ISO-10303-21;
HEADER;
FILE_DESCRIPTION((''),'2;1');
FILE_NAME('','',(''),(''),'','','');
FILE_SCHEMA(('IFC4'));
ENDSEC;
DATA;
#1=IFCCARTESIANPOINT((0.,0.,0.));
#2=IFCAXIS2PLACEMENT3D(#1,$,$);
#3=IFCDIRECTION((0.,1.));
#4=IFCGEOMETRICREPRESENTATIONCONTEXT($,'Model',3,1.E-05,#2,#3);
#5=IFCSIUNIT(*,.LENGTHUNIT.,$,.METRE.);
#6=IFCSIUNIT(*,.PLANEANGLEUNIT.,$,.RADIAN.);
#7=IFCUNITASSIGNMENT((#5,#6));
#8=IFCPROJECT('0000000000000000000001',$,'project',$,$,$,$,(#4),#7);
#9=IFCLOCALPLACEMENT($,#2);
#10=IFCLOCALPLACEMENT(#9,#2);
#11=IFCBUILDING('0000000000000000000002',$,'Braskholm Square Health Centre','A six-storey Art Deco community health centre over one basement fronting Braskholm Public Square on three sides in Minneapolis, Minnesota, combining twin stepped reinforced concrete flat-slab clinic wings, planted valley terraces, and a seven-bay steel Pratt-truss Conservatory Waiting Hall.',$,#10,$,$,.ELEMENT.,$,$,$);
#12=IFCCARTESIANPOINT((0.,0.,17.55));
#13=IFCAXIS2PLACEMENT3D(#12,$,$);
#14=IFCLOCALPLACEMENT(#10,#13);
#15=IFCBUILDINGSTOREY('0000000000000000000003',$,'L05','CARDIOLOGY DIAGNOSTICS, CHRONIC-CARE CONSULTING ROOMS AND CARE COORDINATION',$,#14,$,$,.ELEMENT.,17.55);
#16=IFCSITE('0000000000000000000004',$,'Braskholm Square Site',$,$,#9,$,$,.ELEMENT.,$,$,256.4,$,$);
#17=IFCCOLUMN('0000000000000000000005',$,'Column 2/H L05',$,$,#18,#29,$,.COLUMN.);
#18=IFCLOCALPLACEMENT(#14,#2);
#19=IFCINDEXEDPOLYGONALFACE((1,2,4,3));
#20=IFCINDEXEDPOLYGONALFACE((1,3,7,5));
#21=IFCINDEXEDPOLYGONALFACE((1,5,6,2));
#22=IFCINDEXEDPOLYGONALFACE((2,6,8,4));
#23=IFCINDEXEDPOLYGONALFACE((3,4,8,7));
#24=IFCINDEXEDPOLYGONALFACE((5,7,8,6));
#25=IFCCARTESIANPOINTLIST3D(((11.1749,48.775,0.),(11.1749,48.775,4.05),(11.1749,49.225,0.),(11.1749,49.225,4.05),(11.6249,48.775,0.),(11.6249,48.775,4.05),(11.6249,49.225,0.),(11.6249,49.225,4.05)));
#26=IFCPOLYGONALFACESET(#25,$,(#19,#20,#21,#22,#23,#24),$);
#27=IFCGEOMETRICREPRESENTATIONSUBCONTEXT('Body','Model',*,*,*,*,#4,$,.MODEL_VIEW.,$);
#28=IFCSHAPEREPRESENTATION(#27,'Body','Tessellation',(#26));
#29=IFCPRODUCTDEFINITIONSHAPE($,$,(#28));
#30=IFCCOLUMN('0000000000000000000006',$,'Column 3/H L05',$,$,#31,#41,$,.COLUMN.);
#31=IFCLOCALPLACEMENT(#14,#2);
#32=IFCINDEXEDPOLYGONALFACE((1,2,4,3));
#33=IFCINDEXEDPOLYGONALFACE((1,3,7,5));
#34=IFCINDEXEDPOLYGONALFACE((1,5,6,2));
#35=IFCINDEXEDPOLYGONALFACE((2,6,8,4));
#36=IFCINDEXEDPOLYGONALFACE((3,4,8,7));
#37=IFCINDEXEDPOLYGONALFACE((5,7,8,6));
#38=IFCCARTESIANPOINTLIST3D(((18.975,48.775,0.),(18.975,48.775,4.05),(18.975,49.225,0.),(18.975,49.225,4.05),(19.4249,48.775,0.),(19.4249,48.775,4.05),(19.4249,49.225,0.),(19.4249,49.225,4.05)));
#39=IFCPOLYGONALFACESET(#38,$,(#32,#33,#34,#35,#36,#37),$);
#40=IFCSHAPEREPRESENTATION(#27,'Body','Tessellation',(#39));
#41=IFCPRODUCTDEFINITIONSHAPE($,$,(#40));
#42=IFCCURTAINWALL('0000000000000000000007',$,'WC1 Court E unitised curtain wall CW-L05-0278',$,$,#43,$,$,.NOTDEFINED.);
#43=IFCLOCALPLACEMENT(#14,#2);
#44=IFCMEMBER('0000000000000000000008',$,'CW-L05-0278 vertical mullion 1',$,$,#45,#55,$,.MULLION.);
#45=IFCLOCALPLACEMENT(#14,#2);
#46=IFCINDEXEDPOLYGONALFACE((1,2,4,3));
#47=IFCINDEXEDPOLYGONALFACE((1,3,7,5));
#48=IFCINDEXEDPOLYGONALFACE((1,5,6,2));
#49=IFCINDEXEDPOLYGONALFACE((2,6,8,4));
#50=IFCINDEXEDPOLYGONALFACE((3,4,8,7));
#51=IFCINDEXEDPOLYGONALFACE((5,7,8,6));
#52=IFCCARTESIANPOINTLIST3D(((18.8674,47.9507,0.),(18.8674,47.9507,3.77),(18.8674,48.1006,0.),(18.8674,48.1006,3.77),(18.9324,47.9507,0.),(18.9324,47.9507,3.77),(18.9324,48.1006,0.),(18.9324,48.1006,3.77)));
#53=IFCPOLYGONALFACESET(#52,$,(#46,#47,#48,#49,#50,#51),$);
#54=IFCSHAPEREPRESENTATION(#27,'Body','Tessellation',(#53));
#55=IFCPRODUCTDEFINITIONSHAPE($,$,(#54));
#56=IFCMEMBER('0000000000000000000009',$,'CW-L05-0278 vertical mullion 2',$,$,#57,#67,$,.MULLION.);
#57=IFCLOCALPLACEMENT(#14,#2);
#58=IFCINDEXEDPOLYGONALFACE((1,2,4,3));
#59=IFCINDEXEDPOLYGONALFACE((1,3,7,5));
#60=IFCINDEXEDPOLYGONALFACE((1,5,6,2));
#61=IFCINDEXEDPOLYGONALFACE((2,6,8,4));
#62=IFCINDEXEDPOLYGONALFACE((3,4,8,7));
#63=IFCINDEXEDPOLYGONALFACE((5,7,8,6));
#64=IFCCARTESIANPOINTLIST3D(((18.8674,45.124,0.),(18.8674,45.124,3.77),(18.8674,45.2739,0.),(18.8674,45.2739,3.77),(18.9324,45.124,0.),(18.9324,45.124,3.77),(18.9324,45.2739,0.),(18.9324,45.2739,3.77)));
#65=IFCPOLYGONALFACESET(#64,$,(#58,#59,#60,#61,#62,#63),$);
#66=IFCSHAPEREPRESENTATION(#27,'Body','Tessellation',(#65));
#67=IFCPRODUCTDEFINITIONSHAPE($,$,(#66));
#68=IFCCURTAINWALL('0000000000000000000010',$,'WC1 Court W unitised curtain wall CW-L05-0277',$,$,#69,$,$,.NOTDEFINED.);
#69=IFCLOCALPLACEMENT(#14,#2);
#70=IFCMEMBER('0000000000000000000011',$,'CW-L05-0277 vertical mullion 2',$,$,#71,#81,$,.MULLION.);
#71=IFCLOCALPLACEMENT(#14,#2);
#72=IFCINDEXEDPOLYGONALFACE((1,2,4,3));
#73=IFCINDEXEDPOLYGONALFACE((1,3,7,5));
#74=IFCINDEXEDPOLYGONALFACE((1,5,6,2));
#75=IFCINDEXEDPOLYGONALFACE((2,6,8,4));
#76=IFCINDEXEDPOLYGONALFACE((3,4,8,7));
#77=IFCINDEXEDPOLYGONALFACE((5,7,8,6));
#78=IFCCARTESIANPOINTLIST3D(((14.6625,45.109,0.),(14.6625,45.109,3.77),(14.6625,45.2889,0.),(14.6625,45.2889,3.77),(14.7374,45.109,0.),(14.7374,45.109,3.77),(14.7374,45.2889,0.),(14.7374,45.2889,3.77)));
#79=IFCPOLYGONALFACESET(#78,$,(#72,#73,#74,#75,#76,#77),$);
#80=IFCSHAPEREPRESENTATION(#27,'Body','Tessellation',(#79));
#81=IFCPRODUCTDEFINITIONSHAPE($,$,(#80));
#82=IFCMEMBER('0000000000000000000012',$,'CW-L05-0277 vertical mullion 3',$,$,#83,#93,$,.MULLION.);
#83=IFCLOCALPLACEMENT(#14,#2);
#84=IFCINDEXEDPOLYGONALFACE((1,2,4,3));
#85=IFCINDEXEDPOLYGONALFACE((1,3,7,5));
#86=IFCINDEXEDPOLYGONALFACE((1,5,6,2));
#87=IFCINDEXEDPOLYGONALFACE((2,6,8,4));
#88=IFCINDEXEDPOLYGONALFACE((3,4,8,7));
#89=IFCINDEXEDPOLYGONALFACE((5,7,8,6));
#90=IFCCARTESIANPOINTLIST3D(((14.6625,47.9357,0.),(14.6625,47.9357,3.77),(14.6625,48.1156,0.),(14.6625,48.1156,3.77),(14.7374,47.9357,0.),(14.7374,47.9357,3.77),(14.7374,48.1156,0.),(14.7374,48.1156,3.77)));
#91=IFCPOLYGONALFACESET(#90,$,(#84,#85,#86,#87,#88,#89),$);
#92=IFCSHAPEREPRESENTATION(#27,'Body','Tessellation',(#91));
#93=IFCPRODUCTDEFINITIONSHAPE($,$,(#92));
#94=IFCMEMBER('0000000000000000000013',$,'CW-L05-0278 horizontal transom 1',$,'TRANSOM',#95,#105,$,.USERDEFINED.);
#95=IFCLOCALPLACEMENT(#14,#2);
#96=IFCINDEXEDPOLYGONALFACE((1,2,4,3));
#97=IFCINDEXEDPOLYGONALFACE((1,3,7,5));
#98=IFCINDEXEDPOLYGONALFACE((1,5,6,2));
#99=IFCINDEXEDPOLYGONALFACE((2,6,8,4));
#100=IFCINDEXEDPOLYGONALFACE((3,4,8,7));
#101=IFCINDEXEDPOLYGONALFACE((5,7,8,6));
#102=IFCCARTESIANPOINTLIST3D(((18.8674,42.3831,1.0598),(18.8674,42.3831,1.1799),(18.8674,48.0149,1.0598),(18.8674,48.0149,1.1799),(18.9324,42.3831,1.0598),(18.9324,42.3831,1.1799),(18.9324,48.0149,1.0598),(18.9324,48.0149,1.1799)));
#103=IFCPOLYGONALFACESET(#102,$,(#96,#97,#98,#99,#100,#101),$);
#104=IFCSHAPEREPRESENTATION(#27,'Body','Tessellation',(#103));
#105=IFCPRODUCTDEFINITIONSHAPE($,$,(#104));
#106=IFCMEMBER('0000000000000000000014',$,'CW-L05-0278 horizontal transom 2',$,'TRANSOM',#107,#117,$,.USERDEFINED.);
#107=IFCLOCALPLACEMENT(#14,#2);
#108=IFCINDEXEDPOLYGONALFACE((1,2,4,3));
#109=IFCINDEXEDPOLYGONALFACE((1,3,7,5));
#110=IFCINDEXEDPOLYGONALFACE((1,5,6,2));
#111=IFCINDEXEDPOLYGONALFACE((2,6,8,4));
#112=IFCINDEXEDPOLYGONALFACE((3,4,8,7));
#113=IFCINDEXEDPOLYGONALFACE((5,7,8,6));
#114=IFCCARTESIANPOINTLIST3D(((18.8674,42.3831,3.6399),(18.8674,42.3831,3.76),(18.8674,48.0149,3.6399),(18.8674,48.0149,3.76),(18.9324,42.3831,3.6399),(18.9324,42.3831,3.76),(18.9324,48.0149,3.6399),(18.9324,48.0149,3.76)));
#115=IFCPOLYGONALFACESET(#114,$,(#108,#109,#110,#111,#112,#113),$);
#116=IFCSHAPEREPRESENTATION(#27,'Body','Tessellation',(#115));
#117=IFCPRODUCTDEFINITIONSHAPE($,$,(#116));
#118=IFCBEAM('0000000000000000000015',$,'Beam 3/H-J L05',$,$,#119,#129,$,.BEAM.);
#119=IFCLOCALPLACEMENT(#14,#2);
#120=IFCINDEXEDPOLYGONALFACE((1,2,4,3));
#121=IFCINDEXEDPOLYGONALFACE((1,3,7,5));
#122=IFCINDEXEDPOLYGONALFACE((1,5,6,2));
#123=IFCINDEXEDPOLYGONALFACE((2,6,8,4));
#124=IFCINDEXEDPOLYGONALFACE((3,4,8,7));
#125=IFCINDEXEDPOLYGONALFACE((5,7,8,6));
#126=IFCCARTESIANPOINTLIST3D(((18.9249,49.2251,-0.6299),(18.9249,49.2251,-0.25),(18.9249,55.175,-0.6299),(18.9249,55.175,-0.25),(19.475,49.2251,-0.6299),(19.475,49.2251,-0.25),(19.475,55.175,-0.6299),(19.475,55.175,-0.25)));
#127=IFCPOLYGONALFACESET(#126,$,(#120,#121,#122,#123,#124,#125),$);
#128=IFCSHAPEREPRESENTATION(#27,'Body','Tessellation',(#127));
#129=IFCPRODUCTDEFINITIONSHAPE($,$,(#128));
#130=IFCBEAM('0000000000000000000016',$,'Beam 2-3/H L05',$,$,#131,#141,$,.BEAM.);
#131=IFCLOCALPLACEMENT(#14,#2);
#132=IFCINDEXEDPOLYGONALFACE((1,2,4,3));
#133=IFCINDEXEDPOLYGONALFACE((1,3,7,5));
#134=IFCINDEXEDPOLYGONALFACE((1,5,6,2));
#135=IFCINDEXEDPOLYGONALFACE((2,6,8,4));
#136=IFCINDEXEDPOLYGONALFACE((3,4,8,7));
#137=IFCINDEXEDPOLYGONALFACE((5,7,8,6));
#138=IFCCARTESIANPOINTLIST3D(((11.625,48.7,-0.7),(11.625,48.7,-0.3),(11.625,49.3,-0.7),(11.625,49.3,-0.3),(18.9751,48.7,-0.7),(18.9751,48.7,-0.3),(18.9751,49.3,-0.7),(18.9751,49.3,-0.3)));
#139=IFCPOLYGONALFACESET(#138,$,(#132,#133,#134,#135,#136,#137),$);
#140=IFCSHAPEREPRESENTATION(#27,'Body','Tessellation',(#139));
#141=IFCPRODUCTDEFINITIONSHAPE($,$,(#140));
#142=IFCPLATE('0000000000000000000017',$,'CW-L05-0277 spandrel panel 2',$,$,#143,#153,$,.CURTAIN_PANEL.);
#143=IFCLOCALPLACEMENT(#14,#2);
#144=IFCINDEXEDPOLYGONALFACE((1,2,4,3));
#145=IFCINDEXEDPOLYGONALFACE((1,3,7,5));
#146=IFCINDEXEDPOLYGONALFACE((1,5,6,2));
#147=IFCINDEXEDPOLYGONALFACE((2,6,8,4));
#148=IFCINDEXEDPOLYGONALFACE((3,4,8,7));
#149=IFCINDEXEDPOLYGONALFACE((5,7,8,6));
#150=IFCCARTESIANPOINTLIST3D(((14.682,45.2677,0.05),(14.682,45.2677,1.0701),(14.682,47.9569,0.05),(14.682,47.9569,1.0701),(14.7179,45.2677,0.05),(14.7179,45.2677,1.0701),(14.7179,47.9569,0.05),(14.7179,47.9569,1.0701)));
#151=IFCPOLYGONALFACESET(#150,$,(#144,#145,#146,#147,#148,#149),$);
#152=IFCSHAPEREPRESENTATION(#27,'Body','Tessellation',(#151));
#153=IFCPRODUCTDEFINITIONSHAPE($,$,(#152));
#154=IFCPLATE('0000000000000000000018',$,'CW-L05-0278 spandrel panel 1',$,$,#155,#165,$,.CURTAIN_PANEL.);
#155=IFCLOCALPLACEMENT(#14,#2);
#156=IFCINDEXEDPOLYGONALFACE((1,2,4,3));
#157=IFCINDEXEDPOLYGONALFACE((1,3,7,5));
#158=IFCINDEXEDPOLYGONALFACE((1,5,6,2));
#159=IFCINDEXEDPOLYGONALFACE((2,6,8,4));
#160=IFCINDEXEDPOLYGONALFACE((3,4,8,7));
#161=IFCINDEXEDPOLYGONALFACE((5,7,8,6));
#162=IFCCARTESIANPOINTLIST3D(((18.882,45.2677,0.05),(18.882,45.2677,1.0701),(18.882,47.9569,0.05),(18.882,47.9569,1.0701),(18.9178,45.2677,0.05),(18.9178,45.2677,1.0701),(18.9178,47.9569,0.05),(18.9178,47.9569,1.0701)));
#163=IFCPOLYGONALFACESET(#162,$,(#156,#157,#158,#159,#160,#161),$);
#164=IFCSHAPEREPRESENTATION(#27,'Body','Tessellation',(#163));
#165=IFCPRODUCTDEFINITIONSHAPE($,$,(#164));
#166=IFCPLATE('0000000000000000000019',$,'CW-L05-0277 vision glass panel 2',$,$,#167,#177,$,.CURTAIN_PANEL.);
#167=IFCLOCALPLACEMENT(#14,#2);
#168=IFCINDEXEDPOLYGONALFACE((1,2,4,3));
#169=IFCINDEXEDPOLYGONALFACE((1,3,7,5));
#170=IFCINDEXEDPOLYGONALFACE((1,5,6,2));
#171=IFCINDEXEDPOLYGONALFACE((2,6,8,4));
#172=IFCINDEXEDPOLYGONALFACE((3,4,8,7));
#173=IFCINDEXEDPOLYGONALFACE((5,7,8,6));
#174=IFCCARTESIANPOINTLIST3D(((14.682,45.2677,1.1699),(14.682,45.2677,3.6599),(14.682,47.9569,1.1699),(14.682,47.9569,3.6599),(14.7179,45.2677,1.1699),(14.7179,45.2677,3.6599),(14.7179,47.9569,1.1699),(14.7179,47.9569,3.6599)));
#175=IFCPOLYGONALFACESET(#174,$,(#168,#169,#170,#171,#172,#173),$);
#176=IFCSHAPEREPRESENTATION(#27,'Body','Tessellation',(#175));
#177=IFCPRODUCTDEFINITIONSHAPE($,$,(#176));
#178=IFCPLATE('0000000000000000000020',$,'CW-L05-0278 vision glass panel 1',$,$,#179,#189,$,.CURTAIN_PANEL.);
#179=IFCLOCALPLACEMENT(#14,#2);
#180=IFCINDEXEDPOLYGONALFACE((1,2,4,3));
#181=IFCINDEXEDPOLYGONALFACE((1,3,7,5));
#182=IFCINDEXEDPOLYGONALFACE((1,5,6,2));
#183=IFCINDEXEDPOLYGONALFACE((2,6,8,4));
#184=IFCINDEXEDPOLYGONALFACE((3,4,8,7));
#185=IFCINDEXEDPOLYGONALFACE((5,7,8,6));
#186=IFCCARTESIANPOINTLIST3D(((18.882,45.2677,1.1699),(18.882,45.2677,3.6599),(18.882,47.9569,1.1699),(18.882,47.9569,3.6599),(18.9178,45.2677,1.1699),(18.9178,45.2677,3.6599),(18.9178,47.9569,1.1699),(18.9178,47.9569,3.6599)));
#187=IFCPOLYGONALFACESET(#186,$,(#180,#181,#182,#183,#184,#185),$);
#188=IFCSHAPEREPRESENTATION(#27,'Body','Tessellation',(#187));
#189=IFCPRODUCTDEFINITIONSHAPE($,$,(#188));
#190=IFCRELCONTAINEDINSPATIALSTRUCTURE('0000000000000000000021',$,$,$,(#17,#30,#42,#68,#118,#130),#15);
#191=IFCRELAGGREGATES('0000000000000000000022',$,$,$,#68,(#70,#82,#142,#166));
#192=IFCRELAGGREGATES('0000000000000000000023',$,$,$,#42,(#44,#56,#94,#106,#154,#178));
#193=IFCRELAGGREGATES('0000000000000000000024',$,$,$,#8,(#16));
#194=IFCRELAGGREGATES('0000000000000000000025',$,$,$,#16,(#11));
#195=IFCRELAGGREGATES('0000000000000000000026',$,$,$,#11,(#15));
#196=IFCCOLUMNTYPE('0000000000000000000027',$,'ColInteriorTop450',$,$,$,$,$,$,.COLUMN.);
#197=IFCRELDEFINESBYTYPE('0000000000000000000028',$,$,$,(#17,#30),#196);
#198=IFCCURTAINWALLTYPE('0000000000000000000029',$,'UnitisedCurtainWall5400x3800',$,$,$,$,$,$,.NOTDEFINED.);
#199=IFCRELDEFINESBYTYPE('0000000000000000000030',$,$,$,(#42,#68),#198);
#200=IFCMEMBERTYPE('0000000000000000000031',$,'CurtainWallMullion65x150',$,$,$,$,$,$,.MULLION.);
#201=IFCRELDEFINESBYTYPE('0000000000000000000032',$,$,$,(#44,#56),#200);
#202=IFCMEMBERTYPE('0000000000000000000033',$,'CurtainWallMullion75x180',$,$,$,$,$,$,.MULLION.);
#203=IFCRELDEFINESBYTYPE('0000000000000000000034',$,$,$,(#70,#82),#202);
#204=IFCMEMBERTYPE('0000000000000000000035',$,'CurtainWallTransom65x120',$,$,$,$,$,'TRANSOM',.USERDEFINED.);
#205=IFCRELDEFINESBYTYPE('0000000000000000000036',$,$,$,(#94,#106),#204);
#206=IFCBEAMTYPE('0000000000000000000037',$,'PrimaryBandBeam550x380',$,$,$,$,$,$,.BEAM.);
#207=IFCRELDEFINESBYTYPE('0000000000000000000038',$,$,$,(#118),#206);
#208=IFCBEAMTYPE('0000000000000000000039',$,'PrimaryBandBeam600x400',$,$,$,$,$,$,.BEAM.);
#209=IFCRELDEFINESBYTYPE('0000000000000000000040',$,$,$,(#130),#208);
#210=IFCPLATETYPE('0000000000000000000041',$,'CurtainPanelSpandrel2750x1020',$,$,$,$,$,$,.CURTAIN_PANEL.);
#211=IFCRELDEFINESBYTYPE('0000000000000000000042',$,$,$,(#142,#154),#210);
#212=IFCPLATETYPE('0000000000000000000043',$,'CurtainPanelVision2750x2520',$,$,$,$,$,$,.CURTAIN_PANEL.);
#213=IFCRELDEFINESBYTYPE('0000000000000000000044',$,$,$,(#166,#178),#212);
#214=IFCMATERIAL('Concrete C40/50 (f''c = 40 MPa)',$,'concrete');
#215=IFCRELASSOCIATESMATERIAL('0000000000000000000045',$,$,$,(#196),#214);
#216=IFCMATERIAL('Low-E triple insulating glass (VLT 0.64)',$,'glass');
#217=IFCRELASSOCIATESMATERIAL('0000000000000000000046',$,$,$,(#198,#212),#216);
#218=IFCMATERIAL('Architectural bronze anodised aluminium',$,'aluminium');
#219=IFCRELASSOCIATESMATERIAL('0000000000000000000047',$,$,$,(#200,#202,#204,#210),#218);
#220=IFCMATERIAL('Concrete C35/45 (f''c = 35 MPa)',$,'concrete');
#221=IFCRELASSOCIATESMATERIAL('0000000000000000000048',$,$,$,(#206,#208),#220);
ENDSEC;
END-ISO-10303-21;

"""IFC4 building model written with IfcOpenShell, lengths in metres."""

from ifc_helpers import new_model, si_unit, direction, frame, origin, origin_2d, place, context, subcontext, project, spatial, rectangle, extrude, material, material_profile, profile_set, type_object, element, aggregate, save


model = new_model("IFC4")

# Units and contexts
model_context = context("Model", 3, precision=1e-05, world=origin(), true_north=direction((0.0, 1.0)))
body_context = subcontext(model_context, "Body", "Model", "MODEL_VIEW")
ifc_project = project(units=[si_unit("LENGTHUNIT", "METRE"), si_unit("PLANEANGLEUNIT", "RADIAN")], contexts=[model_context])

# Site, building, storey
site_placement = place(None, origin())
site = spatial("IfcSite", under=ifc_project, at=site_placement, Name="Braskholm Square Site", CompositionType="ELEMENT", RefElevation=256.4)
building_placement = place(site_placement, origin())
building = spatial("IfcBuilding", under=site, at=building_placement, Name="Braskholm Square Health Centre", Description="A six-storey Art Deco community health centre over one basement fronting Braskholm Public Square on three sides in Minneapolis, Minnesota, combining twin stepped reinforced concrete flat-slab clinic wings, planted valley terraces, and a seven-bay steel Pratt-truss Conservatory Waiting Hall.", CompositionType="ELEMENT")
storey_placement = place(building_placement, frame((0.0, 0.0, 17.55)))
storey = spatial("IfcBuildingStorey", under=building, at=storey_placement, Name="L05", Description="CARDIOLOGY DIAGNOSTICS, CHRONIC-CARE CONSULTING ROOMS AND CARE COORDINATION", CompositionType="ELEMENT", Elevation=17.55)

# Columns
ifc_material_1 = material(Name="Concrete C40/50 (f'c = 40 MPa)", Category="concrete")
ifc_material_profile_1 = material_profile(ifc_material_1, rectangle(XDim=0.45, YDim=0.45, at=origin_2d()), Name="RC-450X450")
ifc_profile_set_1 = profile_set([ifc_material_profile_1], Name="Concrete C40/50 (f'c = 40 MPa)")
column_type = type_object("IfcColumnType", Name="ColInteriorTop450", PredefinedType="COLUMN", material=ifc_profile_set_1)
for number, where, z_axis, x_axis, name in (
    (1, (11.3999, 49.0, 0.0), (0.0, 0.0, 1.0), (1.0, 0.0, 0.0), "Column 2/H L05"),
    (2, (19.2, 49.0, 0.0), (0.0, 0.0, 1.0), (1.0, 0.0, 0.0), "Column 3/H L05"),
):
    element("IfcColumn", number, at=place(storey_placement, frame(where, z_axis=z_axis, x_axis=x_axis)), inside=storey, type_object=column_type, Name=name, PredefinedType="COLUMN", context=body_context, shape_type="SweptSolid", body=[
        extrude(rectangle(XDim=0.45, YDim=0.45, at=origin_2d()), origin(), (0.0, 0.0, 1.0), 4.05),
    ])

# Curtain walls, members
ifc_material_2 = material(Name="Low-E triple insulating glass (VLT 0.64)", Category="glass")
curtain_wall_type = type_object("IfcCurtainWallType", Name="UnitisedCurtainWall5400x3800", PredefinedType="NOTDEFINED", material=ifc_material_2)
curtain_wall_1_placement = place(storey_placement, origin())
curtain_wall_1 = element("IfcCurtainWall", 3, at=curtain_wall_1_placement, inside=storey, type_object=curtain_wall_type, Name="WC1 Court E unitised curtain wall CW-L05-0278", PredefinedType="NOTDEFINED")
ifc_material_3 = material(Name="Architectural bronze anodised aluminium", Category="aluminium")
ifc_material_profile_2 = material_profile(ifc_material_3, rectangle(XDim=0.0649, YDim=0.1499, at=origin_2d()), Name="ALU-65X150")
ifc_profile_set_2 = profile_set([ifc_material_profile_2], Name="Architectural bronze anodised aluminium")
member_type_1 = type_object("IfcMemberType", Name="CurtainWallMullion65x150", PredefinedType="MULLION", material=ifc_profile_set_2)
member_1_placement = place(storey_placement, frame((18.8999, 48.0256, 0.0), z_axis=(0.0, 0.0, 1.0), x_axis=(1.0, 0.0, 0.0)))
member_1 = element("IfcMember", 4, at=member_1_placement, type_object=member_type_1, Name="CW-L05-0278 vertical mullion 1", PredefinedType="MULLION", context=body_context, shape_type="SweptSolid", body=[
    extrude(rectangle(XDim=0.0649, YDim=0.1499, at=origin_2d()), origin(), (0.0, 0.0, 1.0), 3.77),
])
member_2_placement = place(storey_placement, frame((18.8999, 45.199, 0.0), z_axis=(0.0, 0.0, 1.0), x_axis=(1.0, 0.0, 0.0)))
member_2 = element("IfcMember", 5, at=member_2_placement, type_object=member_type_1, Name="CW-L05-0278 vertical mullion 2", PredefinedType="MULLION", context=body_context, shape_type="SweptSolid", body=[
    extrude(rectangle(XDim=0.0649, YDim=0.1499, at=origin_2d()), origin(), (0.0, 0.0, 1.0), 3.77),
])
curtain_wall_2_placement = place(storey_placement, origin())
curtain_wall_2 = element("IfcCurtainWall", 6, at=curtain_wall_2_placement, inside=storey, type_object=curtain_wall_type, Name="WC1 Court W unitised curtain wall CW-L05-0277", PredefinedType="NOTDEFINED")
ifc_material_profile_3 = material_profile(ifc_material_3, rectangle(XDim=0.075, YDim=0.1799, at=origin_2d()), Name="ALU-75X180")
ifc_profile_set_3 = profile_set([ifc_material_profile_3], Name="Architectural bronze anodised aluminium")
member_type_2 = type_object("IfcMemberType", Name="CurtainWallMullion75x180", PredefinedType="MULLION", material=ifc_profile_set_3)
member_3_placement = place(storey_placement, frame((14.7, 45.199, 0.0), z_axis=(0.0, 0.0, 1.0), x_axis=(1.0, 0.0, 0.0)))
member_3 = element("IfcMember", 7, at=member_3_placement, type_object=member_type_2, Name="CW-L05-0277 vertical mullion 2", PredefinedType="MULLION", context=body_context, shape_type="SweptSolid", body=[
    extrude(rectangle(XDim=0.075, YDim=0.1799, at=origin_2d()), origin(), (0.0, 0.0, 1.0), 3.77),
])
member_4_placement = place(storey_placement, frame((14.7, 48.0256, 0.0), z_axis=(0.0, 0.0, 1.0), x_axis=(1.0, 0.0, 0.0)))
member_4 = element("IfcMember", 8, at=member_4_placement, type_object=member_type_2, Name="CW-L05-0277 vertical mullion 3", PredefinedType="MULLION", context=body_context, shape_type="SweptSolid", body=[
    extrude(rectangle(XDim=0.075, YDim=0.1799, at=origin_2d()), origin(), (0.0, 0.0, 1.0), 3.77),
])

# Members
ifc_material_profile_4 = material_profile(ifc_material_3, rectangle(XDim=0.0649, YDim=0.1201, at=origin_2d()), Name="ALU-65X120")
ifc_profile_set_4 = profile_set([ifc_material_profile_4], Name="Architectural bronze anodised aluminium")
member_type_3 = type_object("IfcMemberType", Name="CurtainWallTransom65x120", ElementType="TRANSOM", PredefinedType="USERDEFINED", material=ifc_profile_set_4)
member_5_placement = place(storey_placement, frame((18.8999, 48.0149, 1.1199), z_axis=(0.0, -1.0, 0.0), x_axis=(1.0, 0.0, 0.0)))
member_5 = element("IfcMember", 9, at=member_5_placement, type_object=member_type_3, Name="CW-L05-0278 horizontal transom 1", ObjectType="TRANSOM", PredefinedType="USERDEFINED", context=body_context, shape_type="SweptSolid", body=[
    extrude(rectangle(XDim=0.0649, YDim=0.1201, at=origin_2d()), origin(), (0.0, 0.0, 1.0), 5.6318),
])
member_6_placement = place(storey_placement, frame((18.8999, 48.0149, 3.7), z_axis=(0.0, -1.0, 0.0), x_axis=(1.0, 0.0, 0.0)))
member_6 = element("IfcMember", 10, at=member_6_placement, type_object=member_type_3, Name="CW-L05-0278 horizontal transom 2", ObjectType="TRANSOM", PredefinedType="USERDEFINED", context=body_context, shape_type="SweptSolid", body=[
    extrude(rectangle(XDim=0.0649, YDim=0.1201, at=origin_2d()), origin(), (0.0, 0.0, 1.0), 5.6318),
])

# Beams
ifc_material_4 = material(Name="Concrete C35/45 (f'c = 35 MPa)", Category="concrete")
ifc_material_profile_5 = material_profile(ifc_material_4, rectangle(XDim=0.55, YDim=0.3799, at=origin_2d()), Name="RCB-550X380")
ifc_profile_set_5 = profile_set([ifc_material_profile_5], Name="Concrete C35/45 (f'c = 35 MPa)")
beam_type_1 = type_object("IfcBeamType", Name="PrimaryBandBeam550x380", PredefinedType="BEAM", material=ifc_profile_set_5)
beam_1_placement = place(storey_placement, frame((19.2, 49.2251, -0.4399), z_axis=(0.0, 1.0, 0.0), x_axis=(-1.0, 0.0, 0.0)))
element("IfcBeam", 11, at=beam_1_placement, inside=storey, type_object=beam_type_1, Name="Beam 3/H-J L05", PredefinedType="BEAM", context=body_context, shape_type="SweptSolid", body=[
    extrude(rectangle(XDim=0.55, YDim=0.3799, at=origin_2d()), origin(), (0.0, 0.0, 1.0), 5.95),
])
ifc_material_profile_6 = material_profile(ifc_material_4, rectangle(XDim=0.6001, YDim=0.3999, at=origin_2d()), Name="RCB-600X400")
ifc_profile_set_6 = profile_set([ifc_material_profile_6], Name="Concrete C35/45 (f'c = 35 MPa)")
beam_type_2 = type_object("IfcBeamType", Name="PrimaryBandBeam600x400", PredefinedType="BEAM", material=ifc_profile_set_6)
beam_2_placement = place(storey_placement, frame((11.625, 49.0, -0.5), z_axis=(1.0, 0.0, 0.0), x_axis=(0.0, 1.0, 0.0)))
element("IfcBeam", 12, at=beam_2_placement, inside=storey, type_object=beam_type_2, Name="Beam 2-3/H L05", PredefinedType="BEAM", context=body_context, shape_type="SweptSolid", body=[
    extrude(rectangle(XDim=0.6001, YDim=0.3999, at=origin_2d()), origin(), (0.0, 0.0, 1.0), 7.3501),
])

# Plates
plate_type_1 = type_object("IfcPlateType", Name="CurtainPanelSpandrel2750x1020", PredefinedType="CURTAIN_PANEL", material=ifc_material_3)
plate_1_placement = place(storey_placement, frame((14.7, 46.6123, 0.05), z_axis=(0.0, 0.0, 1.0), x_axis=(0.0, 1.0, 0.0)))
plate_1 = element("IfcPlate", 13, at=plate_1_placement, type_object=plate_type_1, Name="CW-L05-0277 spandrel panel 2", PredefinedType="CURTAIN_PANEL", context=body_context, shape_type="SweptSolid", body=[
    extrude(rectangle(XDim=2.6892, YDim=0.0359, at=origin_2d()), origin(), (0.0, 0.0, 1.0), 1.02),
])
plate_2_placement = place(storey_placement, frame((18.8999, 46.6123, 0.05), z_axis=(0.0, 0.0, 1.0), x_axis=(0.0, -1.0, 0.0)))
plate_2 = element("IfcPlate", 14, at=plate_2_placement, type_object=plate_type_1, Name="CW-L05-0278 spandrel panel 1", PredefinedType="CURTAIN_PANEL", context=body_context, shape_type="SweptSolid", body=[
    extrude(rectangle(XDim=2.6892, YDim=0.0359, at=origin_2d()), origin(), (0.0, 0.0, 1.0), 1.02),
])
plate_type_2 = type_object("IfcPlateType", Name="CurtainPanelVision2750x2520", PredefinedType="CURTAIN_PANEL", material=ifc_material_2)
plate_3_placement = place(storey_placement, frame((14.7, 46.6123, 1.1699), z_axis=(0.0, 0.0, 1.0), x_axis=(0.0, 1.0, 0.0)))
plate_3 = element("IfcPlate", 15, at=plate_3_placement, type_object=plate_type_2, Name="CW-L05-0277 vision glass panel 2", PredefinedType="CURTAIN_PANEL", context=body_context, shape_type="SweptSolid", body=[
    extrude(rectangle(XDim=2.6892, YDim=0.0359, at=origin_2d()), origin(), (0.0, 0.0, 1.0), 2.49),
])
aggregate(curtain_wall_2, [member_3, member_4, plate_1, plate_3])
plate_4_placement = place(storey_placement, frame((18.8999, 46.6123, 1.1699), z_axis=(0.0, 0.0, 1.0), x_axis=(0.0, -1.0, 0.0)))
plate_4 = element("IfcPlate", 16, at=plate_4_placement, type_object=plate_type_2, Name="CW-L05-0278 vision glass panel 1", PredefinedType="CURTAIN_PANEL", context=body_context, shape_type="SweptSolid", body=[
    extrude(rectangle(XDim=2.6892, YDim=0.0359, at=origin_2d()), origin(), (0.0, 0.0, 1.0), 2.49),
])
aggregate(curtain_wall_1, [member_1, member_2, member_5, member_6, plate_2, plate_4])

save(model, "model.ifc")
